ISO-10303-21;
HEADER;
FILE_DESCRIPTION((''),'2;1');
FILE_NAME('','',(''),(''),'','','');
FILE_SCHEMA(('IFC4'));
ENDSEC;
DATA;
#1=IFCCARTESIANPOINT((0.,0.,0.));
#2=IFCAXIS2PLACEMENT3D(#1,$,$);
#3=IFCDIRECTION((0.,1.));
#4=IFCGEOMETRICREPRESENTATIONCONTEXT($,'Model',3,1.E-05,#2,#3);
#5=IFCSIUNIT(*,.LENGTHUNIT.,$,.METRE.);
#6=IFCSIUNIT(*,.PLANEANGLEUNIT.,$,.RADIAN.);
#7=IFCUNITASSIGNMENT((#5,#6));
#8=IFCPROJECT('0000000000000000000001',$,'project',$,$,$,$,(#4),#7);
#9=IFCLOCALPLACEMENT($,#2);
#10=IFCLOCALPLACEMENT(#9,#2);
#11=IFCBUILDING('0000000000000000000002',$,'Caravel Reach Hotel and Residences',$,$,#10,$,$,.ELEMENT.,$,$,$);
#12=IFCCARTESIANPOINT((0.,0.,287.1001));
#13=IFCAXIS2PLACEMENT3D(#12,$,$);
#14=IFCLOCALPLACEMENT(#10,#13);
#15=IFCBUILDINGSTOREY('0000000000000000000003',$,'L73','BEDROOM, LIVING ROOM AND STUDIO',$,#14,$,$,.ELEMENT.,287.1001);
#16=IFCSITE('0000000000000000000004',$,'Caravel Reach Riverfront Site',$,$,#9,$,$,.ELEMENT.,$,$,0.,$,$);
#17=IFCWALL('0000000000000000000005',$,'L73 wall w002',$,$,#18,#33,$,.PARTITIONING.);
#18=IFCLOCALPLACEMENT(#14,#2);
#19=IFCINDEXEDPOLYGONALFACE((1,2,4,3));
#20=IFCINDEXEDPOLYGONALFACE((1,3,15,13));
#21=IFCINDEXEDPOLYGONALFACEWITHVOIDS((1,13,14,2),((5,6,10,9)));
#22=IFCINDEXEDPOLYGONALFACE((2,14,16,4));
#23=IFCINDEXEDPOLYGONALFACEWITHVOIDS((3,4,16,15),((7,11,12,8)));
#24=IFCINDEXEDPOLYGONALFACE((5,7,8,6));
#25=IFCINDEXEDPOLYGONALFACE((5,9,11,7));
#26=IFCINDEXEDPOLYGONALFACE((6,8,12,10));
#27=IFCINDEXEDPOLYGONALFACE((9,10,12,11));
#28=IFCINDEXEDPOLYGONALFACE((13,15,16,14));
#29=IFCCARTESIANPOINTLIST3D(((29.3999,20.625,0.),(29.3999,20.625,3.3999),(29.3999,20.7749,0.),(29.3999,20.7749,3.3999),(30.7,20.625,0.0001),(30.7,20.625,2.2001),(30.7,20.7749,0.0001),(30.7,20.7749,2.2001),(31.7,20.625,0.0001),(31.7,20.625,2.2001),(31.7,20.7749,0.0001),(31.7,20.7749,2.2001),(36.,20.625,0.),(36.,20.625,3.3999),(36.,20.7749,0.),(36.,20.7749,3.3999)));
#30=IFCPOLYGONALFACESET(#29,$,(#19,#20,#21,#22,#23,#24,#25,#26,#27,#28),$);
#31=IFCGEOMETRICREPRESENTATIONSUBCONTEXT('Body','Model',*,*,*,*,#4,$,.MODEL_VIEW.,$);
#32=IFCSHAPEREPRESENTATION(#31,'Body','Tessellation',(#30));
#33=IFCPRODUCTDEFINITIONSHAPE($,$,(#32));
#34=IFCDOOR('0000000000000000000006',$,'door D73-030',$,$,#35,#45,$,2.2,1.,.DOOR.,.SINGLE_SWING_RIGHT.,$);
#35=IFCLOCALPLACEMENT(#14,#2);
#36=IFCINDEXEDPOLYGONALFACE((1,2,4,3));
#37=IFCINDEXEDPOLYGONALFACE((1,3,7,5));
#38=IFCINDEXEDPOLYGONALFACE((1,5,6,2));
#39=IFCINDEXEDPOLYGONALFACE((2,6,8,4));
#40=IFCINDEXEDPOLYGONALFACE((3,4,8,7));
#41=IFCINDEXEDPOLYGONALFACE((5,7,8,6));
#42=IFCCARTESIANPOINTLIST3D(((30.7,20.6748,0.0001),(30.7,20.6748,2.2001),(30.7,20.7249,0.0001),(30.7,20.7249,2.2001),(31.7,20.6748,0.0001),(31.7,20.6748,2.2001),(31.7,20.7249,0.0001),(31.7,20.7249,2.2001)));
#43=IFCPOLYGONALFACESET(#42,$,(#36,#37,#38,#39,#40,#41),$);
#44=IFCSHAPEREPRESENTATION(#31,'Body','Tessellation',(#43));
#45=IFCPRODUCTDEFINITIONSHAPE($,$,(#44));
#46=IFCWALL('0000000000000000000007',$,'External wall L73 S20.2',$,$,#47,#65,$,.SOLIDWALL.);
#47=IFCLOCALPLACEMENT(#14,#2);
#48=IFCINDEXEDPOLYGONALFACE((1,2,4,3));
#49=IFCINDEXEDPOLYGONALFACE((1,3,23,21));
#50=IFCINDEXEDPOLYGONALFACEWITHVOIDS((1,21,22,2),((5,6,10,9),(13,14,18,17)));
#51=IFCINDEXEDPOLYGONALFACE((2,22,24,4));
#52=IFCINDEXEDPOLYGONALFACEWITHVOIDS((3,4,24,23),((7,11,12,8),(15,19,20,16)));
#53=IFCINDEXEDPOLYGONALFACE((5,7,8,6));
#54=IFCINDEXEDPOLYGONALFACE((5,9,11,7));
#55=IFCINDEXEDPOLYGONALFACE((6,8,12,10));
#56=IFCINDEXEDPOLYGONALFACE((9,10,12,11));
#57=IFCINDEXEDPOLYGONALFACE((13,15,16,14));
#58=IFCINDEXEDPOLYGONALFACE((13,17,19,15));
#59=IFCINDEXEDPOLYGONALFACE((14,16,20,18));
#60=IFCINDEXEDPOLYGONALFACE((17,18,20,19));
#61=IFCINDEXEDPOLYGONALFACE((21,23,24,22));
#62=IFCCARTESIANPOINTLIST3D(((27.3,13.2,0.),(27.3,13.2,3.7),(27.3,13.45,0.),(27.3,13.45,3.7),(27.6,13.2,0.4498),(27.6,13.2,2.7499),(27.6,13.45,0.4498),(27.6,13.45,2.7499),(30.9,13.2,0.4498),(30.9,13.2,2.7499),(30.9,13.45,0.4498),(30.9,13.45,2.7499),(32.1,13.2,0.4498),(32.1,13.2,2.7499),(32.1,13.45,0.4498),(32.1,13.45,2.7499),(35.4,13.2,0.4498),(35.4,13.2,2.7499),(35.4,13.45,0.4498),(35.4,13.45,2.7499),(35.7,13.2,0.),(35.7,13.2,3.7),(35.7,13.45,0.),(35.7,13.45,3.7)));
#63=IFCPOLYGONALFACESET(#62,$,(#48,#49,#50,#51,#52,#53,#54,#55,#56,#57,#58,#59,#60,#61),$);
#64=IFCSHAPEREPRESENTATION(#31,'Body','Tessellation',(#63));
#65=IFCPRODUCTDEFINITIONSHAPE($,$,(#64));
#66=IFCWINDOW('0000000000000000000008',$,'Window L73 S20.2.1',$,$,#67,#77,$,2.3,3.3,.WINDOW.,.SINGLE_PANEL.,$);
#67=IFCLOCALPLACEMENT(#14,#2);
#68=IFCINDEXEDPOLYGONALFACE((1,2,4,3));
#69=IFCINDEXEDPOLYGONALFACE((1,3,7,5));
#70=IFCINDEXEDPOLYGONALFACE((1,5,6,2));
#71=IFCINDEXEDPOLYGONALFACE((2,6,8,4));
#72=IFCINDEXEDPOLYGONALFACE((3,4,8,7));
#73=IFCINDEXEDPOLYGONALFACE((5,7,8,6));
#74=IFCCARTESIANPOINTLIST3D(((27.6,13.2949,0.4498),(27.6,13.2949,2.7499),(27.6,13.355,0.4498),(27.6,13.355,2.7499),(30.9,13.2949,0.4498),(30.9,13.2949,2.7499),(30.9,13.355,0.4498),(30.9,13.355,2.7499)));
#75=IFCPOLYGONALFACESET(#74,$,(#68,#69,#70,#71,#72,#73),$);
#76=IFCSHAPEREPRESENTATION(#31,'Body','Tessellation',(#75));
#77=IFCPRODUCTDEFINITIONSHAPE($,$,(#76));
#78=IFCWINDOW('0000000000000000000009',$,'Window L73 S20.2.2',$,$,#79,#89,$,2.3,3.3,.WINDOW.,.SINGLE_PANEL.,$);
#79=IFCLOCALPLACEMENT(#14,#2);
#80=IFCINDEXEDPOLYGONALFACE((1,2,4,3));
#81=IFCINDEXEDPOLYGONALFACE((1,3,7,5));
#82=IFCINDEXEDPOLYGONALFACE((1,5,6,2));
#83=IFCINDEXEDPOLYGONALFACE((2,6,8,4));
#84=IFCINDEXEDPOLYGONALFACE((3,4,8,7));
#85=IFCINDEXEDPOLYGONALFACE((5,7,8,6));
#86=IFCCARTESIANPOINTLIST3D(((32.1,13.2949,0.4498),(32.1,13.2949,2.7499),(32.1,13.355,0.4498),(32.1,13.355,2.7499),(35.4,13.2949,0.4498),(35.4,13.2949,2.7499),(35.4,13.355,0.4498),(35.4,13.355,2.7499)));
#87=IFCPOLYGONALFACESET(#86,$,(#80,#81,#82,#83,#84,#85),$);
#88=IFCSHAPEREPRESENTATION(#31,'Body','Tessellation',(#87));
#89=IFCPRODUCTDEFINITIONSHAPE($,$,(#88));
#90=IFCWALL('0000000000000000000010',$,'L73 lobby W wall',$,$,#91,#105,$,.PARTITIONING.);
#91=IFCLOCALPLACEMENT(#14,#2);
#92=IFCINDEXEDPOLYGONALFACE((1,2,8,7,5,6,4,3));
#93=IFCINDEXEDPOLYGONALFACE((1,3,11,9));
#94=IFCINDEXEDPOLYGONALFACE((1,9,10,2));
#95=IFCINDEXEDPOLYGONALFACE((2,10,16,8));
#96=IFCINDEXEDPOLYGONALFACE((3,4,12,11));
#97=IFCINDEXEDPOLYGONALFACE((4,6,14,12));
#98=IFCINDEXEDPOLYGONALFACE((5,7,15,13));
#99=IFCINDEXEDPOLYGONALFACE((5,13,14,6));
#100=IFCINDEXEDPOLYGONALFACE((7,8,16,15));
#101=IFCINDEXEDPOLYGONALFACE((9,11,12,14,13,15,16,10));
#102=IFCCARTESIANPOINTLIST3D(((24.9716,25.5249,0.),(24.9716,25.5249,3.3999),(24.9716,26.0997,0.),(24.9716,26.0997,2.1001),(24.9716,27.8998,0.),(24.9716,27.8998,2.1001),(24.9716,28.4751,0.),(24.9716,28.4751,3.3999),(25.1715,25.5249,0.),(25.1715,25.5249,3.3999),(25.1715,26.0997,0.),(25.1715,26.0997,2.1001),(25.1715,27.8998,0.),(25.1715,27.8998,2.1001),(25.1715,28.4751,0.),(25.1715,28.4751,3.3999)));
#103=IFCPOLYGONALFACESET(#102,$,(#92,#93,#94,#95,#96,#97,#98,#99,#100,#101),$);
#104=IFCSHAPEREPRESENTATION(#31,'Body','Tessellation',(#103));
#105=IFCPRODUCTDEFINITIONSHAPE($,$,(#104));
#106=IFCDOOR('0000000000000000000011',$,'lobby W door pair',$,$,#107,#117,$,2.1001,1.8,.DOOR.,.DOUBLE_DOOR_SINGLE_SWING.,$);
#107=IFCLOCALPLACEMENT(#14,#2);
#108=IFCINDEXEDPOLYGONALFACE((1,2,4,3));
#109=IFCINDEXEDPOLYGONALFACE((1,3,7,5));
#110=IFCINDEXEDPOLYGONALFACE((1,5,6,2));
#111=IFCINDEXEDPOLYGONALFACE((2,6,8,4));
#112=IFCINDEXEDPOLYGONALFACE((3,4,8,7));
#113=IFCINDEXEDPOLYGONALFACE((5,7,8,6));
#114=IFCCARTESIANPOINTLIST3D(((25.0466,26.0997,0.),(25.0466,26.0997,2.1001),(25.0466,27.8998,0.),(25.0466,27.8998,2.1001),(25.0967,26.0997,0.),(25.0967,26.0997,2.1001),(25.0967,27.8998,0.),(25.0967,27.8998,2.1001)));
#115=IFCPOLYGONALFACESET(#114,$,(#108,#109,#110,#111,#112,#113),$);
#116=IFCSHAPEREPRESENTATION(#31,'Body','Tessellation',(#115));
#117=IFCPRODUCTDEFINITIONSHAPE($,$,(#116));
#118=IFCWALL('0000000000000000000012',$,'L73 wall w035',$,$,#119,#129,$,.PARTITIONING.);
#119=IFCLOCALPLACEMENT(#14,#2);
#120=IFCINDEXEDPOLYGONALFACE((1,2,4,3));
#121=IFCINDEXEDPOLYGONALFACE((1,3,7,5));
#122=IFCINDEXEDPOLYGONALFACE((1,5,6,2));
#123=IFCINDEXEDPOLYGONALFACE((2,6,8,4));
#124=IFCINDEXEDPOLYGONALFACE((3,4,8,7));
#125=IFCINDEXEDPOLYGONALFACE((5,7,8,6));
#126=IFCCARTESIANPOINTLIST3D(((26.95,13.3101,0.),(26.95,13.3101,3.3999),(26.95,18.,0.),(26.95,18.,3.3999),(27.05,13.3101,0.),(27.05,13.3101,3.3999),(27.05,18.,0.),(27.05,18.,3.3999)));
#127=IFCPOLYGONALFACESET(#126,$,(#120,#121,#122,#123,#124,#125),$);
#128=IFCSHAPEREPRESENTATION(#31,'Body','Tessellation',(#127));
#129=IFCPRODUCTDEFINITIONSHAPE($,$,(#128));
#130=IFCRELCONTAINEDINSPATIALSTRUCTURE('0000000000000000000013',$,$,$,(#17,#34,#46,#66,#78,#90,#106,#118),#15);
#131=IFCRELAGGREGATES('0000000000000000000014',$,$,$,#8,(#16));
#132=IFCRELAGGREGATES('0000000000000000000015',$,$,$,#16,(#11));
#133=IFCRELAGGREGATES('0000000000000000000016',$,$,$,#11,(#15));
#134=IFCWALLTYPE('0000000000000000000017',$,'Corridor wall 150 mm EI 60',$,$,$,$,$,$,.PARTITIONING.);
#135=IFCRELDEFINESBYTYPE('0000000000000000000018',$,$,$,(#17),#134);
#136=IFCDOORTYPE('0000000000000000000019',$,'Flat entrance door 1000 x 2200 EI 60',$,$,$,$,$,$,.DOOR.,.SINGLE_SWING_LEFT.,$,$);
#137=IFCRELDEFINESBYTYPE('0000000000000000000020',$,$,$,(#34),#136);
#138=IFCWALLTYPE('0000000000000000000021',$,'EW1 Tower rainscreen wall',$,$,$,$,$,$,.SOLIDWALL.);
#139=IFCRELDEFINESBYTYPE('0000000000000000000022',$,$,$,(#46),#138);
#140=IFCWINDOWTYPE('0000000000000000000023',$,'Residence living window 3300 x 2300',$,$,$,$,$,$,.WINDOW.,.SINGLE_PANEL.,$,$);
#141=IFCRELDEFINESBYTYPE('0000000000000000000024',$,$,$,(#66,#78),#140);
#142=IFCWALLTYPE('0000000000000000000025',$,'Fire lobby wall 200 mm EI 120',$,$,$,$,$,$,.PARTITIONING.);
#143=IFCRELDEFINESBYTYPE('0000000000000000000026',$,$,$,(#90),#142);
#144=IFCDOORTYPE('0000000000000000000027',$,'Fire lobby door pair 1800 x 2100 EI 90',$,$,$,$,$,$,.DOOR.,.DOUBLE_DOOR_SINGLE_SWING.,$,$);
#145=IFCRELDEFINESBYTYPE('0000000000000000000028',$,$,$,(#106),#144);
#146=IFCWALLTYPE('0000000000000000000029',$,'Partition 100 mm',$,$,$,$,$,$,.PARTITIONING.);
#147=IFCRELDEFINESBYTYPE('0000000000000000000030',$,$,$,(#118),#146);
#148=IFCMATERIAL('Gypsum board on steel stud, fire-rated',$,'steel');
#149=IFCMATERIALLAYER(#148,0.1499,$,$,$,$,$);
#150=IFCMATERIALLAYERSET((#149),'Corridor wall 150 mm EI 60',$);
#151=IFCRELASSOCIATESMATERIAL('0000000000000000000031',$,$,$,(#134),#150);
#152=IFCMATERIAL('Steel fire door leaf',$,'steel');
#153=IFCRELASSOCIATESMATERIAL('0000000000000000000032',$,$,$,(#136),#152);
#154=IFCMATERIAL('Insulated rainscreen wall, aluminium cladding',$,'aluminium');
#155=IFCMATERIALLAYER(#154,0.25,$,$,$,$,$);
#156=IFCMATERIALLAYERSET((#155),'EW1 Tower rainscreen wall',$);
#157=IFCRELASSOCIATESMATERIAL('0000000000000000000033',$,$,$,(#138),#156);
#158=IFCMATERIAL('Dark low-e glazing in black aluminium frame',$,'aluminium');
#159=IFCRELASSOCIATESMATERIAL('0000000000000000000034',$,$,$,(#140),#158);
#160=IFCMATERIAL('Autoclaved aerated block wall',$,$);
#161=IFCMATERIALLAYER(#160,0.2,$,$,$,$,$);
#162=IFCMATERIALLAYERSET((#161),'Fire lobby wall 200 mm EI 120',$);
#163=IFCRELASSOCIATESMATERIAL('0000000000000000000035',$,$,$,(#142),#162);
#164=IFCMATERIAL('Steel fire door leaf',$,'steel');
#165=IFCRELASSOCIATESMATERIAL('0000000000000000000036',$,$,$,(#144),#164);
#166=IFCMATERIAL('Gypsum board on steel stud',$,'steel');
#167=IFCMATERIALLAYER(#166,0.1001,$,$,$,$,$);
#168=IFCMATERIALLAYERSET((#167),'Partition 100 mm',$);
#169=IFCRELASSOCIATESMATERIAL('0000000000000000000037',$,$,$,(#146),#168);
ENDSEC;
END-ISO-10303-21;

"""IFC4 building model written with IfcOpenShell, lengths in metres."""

from ifc_helpers import new_model, si_unit, direction, frame, frame_2d, origin, place, context, subcontext, project, spatial, rectangle, extrude, material, layer, layer_set, type_object, element, fill, save


model = new_model("IFC4")

# Units and contexts
model_context = context("Model", 3, precision=1e-05, world=origin(), true_north=direction((0.0, 1.0)))
body_context = subcontext(model_context, "Body", "Model", "MODEL_VIEW")
ifc_project = project(units=[si_unit("LENGTHUNIT", "METRE"), si_unit("PLANEANGLEUNIT", "RADIAN")], contexts=[model_context])

# Site, building, storey
site_placement = place(None, origin())
site = spatial("IfcSite", under=ifc_project, at=site_placement, Name="Caravel Reach Riverfront Site", CompositionType="ELEMENT", RefElevation=0.0)
building_placement = place(site_placement, origin())
building = spatial("IfcBuilding", under=site, at=building_placement, Name="Caravel Reach Hotel and Residences", CompositionType="ELEMENT")
storey_placement = place(building_placement, frame((0.0, 0.0, 287.1001)))
storey = spatial("IfcBuildingStorey", under=building, at=storey_placement, Name="L73", Description="BEDROOM, LIVING ROOM AND STUDIO", CompositionType="ELEMENT", Elevation=287.1001)

# Wall, opening, door
ifc_material_1 = material(Name="Gypsum board on steel stud, fire-rated", Category="steel")
ifc_layer_1 = layer(ifc_material_1, 0.1499)
ifc_layer_set_1 = layer_set([ifc_layer_1], Name="Corridor wall 150 mm EI 60")
wall_type_1 = type_object("IfcWallType", Name="Corridor wall 150 mm EI 60", PredefinedType="PARTITIONING", material=ifc_layer_set_1)
wall_1_placement = place(storey_placement, frame((29.3999, 20.7, 0.0), z_axis=(0.0, 0.0, 1.0), x_axis=(1.0, 0.0, 0.0)))
wall_1 = element("IfcWall", 1, at=wall_1_placement, inside=storey, type_object=wall_type_1, Name="L73 wall w002", PredefinedType="PARTITIONING", context=body_context, shape_type="SweptSolid", body=[
    extrude(rectangle(XDim=6.6001, YDim=0.1499, at=frame_2d((3.3, 0.0))), origin(), (0.0, 0.0, 1.0), 3.3999),
])
opening_1_placement = place(wall_1_placement, frame((1.3, 0.0, 0.0)))
opening_1 = element("IfcOpeningElement", 2, at=opening_1_placement, cuts=wall_1, PredefinedType="OPENING", context=body_context, shape_type="SweptSolid", body=[
    extrude(rectangle(XDim=1.0, YDim=2.2, at=frame_2d((0.5, 1.1001))), frame((0.0, 0.085, 0.0), z_axis=(0.0, -1.0, 0.0), x_axis=(1.0, 0.0, 0.0)), (0.0, 0.0, 1.0), 0.1699),
])
ifc_material_2 = material(Name="Steel fire door leaf", Category="steel")
door_type_1 = type_object("IfcDoorType", Name="Flat entrance door 1000 x 2200 EI 60", OperationType="SINGLE_SWING_LEFT", PredefinedType="DOOR", material=ifc_material_2)
door_1_placement = place(opening_1_placement, origin())
door_1 = element("IfcDoor", 3, at=door_1_placement, inside=storey, type_object=door_type_1, Name="door D73-030", OperationType="SINGLE_SWING_RIGHT", OverallHeight=2.2, OverallWidth=1.0, PredefinedType="DOOR", context=body_context, shape_type="SweptSolid", body=[
    extrude(rectangle(XDim=1.0, YDim=2.2, at=frame_2d((0.5, 1.1001))), frame((0.0, 0.0249, 0.0), z_axis=(0.0, -1.0, 0.0), x_axis=(1.0, 0.0, 0.0)), (0.0, 0.0, 1.0), 0.05),
])
fill(opening_1, door_1)

# Wall, openings, windows
ifc_material_3 = material(Name="Insulated rainscreen wall, aluminium cladding", Category="aluminium")
ifc_layer_2 = layer(ifc_material_3, 0.25)
ifc_layer_set_2 = layer_set([ifc_layer_2], Name="EW1 Tower rainscreen wall")
wall_type_2 = type_object("IfcWallType", Name="EW1 Tower rainscreen wall", PredefinedType="SOLIDWALL", material=ifc_layer_set_2)
wall_2_placement = place(storey_placement, frame((27.3, 13.325, 0.0), z_axis=(0.0, 0.0, 1.0), x_axis=(1.0, 0.0, 0.0)))
wall_2 = element("IfcWall", 4, at=wall_2_placement, inside=storey, type_object=wall_type_2, Name="External wall L73 S20.2", PredefinedType="SOLIDWALL", context=body_context, shape_type="SweptSolid", body=[
    extrude(rectangle(XDim=8.3999, YDim=0.25, at=frame_2d((4.2, 0.0))), origin(), (0.0, 0.0, 1.0), 3.7),
])
opening_2_placement = place(wall_2_placement, frame((0.3, 0.0, 0.45)))
opening_2 = element("IfcOpeningElement", 5, at=opening_2_placement, cuts=wall_2, PredefinedType="OPENING", context=body_context, shape_type="SweptSolid", body=[
    extrude(rectangle(XDim=3.3, YDim=2.3, at=frame_2d((1.6499, 1.1499))), frame((0.0, 0.135, 0.0), z_axis=(0.0, -1.0, 0.0), x_axis=(1.0, 0.0, 0.0)), (0.0, 0.0, 1.0), 0.27),
])
opening_3_placement = place(wall_2_placement, frame((4.8, 0.0, 0.45)))
opening_3 = element("IfcOpeningElement", 6, at=opening_3_placement, cuts=wall_2, PredefinedType="OPENING", context=body_context, shape_type="SweptSolid", body=[
    extrude(rectangle(XDim=3.3, YDim=2.3, at=frame_2d((1.6499, 1.1499))), frame((0.0, 0.135, 0.0), z_axis=(0.0, -1.0, 0.0), x_axis=(1.0, 0.0, 0.0)), (0.0, 0.0, 1.0), 0.27),
])
ifc_material_4 = material(Name="Dark low-e glazing in black aluminium frame", Category="aluminium")
window_type = type_object("IfcWindowType", Name="Residence living window 3300 x 2300", PartitioningType="SINGLE_PANEL", PredefinedType="WINDOW", material=ifc_material_4)
window_1_placement = place(opening_2_placement, origin())
window_1 = element("IfcWindow", 7, at=window_1_placement, inside=storey, type_object=window_type, Name="Window L73 S20.2.1", OverallHeight=2.3, OverallWidth=3.3, PartitioningType="SINGLE_PANEL", PredefinedType="WINDOW", context=body_context, shape_type="SweptSolid", body=[
    extrude(rectangle(XDim=3.3, YDim=2.3, at=frame_2d((1.6499, 1.1499))), frame((0.0, 0.03, 0.0), z_axis=(0.0, -1.0, 0.0), x_axis=(1.0, 0.0, 0.0)), (0.0, 0.0, 1.0), 0.0601),
])
fill(opening_2, window_1)
window_2_placement = place(opening_3_placement, origin())
window_2 = element("IfcWindow", 8, at=window_2_placement, inside=storey, type_object=window_type, Name="Window L73 S20.2.2", OverallHeight=2.3, OverallWidth=3.3, PartitioningType="SINGLE_PANEL", PredefinedType="WINDOW", context=body_context, shape_type="SweptSolid", body=[
    extrude(rectangle(XDim=3.3, YDim=2.3, at=frame_2d((1.6499, 1.1499))), frame((0.0, 0.03, 0.0), z_axis=(0.0, -1.0, 0.0), x_axis=(1.0, 0.0, 0.0)), (0.0, 0.0, 1.0), 0.0601),
])
fill(opening_3, window_2)

# Wall, opening, door
ifc_material_5 = material(Name="Autoclaved aerated block wall")
ifc_layer_3 = layer(ifc_material_5, 0.2)
ifc_layer_set_3 = layer_set([ifc_layer_3], Name="Fire lobby wall 200 mm EI 120")
wall_type_3 = type_object("IfcWallType", Name="Fire lobby wall 200 mm EI 120", PredefinedType="PARTITIONING", material=ifc_layer_set_3)
wall_3_placement = place(storey_placement, frame((25.0715, 25.5249, 0.0), z_axis=(0.0, 0.0, 1.0), x_axis=(0.0, 1.0, 0.0)))
wall_3 = element("IfcWall", 9, at=wall_3_placement, inside=storey, type_object=wall_type_3, Name="L73 lobby W wall", PredefinedType="PARTITIONING", context=body_context, shape_type="SweptSolid", body=[
    extrude(rectangle(XDim=2.9502, YDim=0.2, at=frame_2d((1.4751, 0.0))), origin(), (0.0, 0.0, 1.0), 3.3999),
])
opening_4_placement = place(wall_3_placement, frame((0.575, 0.0, 0.0)))
opening_4 = element("IfcOpeningElement", 10, at=opening_4_placement, cuts=wall_3, PredefinedType="OPENING", context=body_context, shape_type="SweptSolid", body=[
    extrude(rectangle(XDim=1.8, YDim=2.1001, at=frame_2d((0.8999, 1.05))), frame((0.0, 0.1099, 0.0), z_axis=(0.0, -1.0, 0.0), x_axis=(1.0, 0.0, 0.0)), (0.0, 0.0, 1.0), 0.22),
])
ifc_material_6 = material(Name="Steel fire door leaf", Category="steel")
door_type_2 = type_object("IfcDoorType", Name="Fire lobby door pair 1800 x 2100 EI 90", OperationType="DOUBLE_DOOR_SINGLE_SWING", PredefinedType="DOOR", material=ifc_material_6)
door_2_placement = place(opening_4_placement, origin())
door_2 = element("IfcDoor", 11, at=door_2_placement, inside=storey, type_object=door_type_2, Name="lobby W door pair", OperationType="DOUBLE_DOOR_SINGLE_SWING", OverallHeight=2.1001, OverallWidth=1.8, PredefinedType="DOOR", context=body_context, shape_type="SweptSolid", body=[
    extrude(rectangle(XDim=1.8, YDim=2.1001, at=frame_2d((0.8999, 1.05))), frame((0.0, 0.0249, 0.0), z_axis=(0.0, -1.0, 0.0), x_axis=(1.0, 0.0, 0.0)), (0.0, 0.0, 1.0), 0.05),
])
fill(opening_4, door_2)

# Wall
ifc_material_7 = material(Name="Gypsum board on steel stud", Category="steel")
ifc_layer_4 = layer(ifc_material_7, 0.1001)
ifc_layer_set_4 = layer_set([ifc_layer_4], Name="Partition 100 mm")
wall_type_4 = type_object("IfcWallType", Name="Partition 100 mm", PredefinedType="PARTITIONING", material=ifc_layer_set_4)
wall_4_placement = place(storey_placement, frame((27.0, 13.3101, 0.0), z_axis=(0.0, 0.0, 1.0), x_axis=(0.0, 1.0, 0.0)))
element("IfcWall", 12, at=wall_4_placement, inside=storey, type_object=wall_type_4, Name="L73 wall w035", PredefinedType="PARTITIONING", context=body_context, shape_type="SweptSolid", body=[
    extrude(rectangle(XDim=4.6899, YDim=0.1001, at=frame_2d((2.345, 0.0))), origin(), (0.0, 0.0, 1.0), 3.3999),
])

save(model, "model.ifc")
